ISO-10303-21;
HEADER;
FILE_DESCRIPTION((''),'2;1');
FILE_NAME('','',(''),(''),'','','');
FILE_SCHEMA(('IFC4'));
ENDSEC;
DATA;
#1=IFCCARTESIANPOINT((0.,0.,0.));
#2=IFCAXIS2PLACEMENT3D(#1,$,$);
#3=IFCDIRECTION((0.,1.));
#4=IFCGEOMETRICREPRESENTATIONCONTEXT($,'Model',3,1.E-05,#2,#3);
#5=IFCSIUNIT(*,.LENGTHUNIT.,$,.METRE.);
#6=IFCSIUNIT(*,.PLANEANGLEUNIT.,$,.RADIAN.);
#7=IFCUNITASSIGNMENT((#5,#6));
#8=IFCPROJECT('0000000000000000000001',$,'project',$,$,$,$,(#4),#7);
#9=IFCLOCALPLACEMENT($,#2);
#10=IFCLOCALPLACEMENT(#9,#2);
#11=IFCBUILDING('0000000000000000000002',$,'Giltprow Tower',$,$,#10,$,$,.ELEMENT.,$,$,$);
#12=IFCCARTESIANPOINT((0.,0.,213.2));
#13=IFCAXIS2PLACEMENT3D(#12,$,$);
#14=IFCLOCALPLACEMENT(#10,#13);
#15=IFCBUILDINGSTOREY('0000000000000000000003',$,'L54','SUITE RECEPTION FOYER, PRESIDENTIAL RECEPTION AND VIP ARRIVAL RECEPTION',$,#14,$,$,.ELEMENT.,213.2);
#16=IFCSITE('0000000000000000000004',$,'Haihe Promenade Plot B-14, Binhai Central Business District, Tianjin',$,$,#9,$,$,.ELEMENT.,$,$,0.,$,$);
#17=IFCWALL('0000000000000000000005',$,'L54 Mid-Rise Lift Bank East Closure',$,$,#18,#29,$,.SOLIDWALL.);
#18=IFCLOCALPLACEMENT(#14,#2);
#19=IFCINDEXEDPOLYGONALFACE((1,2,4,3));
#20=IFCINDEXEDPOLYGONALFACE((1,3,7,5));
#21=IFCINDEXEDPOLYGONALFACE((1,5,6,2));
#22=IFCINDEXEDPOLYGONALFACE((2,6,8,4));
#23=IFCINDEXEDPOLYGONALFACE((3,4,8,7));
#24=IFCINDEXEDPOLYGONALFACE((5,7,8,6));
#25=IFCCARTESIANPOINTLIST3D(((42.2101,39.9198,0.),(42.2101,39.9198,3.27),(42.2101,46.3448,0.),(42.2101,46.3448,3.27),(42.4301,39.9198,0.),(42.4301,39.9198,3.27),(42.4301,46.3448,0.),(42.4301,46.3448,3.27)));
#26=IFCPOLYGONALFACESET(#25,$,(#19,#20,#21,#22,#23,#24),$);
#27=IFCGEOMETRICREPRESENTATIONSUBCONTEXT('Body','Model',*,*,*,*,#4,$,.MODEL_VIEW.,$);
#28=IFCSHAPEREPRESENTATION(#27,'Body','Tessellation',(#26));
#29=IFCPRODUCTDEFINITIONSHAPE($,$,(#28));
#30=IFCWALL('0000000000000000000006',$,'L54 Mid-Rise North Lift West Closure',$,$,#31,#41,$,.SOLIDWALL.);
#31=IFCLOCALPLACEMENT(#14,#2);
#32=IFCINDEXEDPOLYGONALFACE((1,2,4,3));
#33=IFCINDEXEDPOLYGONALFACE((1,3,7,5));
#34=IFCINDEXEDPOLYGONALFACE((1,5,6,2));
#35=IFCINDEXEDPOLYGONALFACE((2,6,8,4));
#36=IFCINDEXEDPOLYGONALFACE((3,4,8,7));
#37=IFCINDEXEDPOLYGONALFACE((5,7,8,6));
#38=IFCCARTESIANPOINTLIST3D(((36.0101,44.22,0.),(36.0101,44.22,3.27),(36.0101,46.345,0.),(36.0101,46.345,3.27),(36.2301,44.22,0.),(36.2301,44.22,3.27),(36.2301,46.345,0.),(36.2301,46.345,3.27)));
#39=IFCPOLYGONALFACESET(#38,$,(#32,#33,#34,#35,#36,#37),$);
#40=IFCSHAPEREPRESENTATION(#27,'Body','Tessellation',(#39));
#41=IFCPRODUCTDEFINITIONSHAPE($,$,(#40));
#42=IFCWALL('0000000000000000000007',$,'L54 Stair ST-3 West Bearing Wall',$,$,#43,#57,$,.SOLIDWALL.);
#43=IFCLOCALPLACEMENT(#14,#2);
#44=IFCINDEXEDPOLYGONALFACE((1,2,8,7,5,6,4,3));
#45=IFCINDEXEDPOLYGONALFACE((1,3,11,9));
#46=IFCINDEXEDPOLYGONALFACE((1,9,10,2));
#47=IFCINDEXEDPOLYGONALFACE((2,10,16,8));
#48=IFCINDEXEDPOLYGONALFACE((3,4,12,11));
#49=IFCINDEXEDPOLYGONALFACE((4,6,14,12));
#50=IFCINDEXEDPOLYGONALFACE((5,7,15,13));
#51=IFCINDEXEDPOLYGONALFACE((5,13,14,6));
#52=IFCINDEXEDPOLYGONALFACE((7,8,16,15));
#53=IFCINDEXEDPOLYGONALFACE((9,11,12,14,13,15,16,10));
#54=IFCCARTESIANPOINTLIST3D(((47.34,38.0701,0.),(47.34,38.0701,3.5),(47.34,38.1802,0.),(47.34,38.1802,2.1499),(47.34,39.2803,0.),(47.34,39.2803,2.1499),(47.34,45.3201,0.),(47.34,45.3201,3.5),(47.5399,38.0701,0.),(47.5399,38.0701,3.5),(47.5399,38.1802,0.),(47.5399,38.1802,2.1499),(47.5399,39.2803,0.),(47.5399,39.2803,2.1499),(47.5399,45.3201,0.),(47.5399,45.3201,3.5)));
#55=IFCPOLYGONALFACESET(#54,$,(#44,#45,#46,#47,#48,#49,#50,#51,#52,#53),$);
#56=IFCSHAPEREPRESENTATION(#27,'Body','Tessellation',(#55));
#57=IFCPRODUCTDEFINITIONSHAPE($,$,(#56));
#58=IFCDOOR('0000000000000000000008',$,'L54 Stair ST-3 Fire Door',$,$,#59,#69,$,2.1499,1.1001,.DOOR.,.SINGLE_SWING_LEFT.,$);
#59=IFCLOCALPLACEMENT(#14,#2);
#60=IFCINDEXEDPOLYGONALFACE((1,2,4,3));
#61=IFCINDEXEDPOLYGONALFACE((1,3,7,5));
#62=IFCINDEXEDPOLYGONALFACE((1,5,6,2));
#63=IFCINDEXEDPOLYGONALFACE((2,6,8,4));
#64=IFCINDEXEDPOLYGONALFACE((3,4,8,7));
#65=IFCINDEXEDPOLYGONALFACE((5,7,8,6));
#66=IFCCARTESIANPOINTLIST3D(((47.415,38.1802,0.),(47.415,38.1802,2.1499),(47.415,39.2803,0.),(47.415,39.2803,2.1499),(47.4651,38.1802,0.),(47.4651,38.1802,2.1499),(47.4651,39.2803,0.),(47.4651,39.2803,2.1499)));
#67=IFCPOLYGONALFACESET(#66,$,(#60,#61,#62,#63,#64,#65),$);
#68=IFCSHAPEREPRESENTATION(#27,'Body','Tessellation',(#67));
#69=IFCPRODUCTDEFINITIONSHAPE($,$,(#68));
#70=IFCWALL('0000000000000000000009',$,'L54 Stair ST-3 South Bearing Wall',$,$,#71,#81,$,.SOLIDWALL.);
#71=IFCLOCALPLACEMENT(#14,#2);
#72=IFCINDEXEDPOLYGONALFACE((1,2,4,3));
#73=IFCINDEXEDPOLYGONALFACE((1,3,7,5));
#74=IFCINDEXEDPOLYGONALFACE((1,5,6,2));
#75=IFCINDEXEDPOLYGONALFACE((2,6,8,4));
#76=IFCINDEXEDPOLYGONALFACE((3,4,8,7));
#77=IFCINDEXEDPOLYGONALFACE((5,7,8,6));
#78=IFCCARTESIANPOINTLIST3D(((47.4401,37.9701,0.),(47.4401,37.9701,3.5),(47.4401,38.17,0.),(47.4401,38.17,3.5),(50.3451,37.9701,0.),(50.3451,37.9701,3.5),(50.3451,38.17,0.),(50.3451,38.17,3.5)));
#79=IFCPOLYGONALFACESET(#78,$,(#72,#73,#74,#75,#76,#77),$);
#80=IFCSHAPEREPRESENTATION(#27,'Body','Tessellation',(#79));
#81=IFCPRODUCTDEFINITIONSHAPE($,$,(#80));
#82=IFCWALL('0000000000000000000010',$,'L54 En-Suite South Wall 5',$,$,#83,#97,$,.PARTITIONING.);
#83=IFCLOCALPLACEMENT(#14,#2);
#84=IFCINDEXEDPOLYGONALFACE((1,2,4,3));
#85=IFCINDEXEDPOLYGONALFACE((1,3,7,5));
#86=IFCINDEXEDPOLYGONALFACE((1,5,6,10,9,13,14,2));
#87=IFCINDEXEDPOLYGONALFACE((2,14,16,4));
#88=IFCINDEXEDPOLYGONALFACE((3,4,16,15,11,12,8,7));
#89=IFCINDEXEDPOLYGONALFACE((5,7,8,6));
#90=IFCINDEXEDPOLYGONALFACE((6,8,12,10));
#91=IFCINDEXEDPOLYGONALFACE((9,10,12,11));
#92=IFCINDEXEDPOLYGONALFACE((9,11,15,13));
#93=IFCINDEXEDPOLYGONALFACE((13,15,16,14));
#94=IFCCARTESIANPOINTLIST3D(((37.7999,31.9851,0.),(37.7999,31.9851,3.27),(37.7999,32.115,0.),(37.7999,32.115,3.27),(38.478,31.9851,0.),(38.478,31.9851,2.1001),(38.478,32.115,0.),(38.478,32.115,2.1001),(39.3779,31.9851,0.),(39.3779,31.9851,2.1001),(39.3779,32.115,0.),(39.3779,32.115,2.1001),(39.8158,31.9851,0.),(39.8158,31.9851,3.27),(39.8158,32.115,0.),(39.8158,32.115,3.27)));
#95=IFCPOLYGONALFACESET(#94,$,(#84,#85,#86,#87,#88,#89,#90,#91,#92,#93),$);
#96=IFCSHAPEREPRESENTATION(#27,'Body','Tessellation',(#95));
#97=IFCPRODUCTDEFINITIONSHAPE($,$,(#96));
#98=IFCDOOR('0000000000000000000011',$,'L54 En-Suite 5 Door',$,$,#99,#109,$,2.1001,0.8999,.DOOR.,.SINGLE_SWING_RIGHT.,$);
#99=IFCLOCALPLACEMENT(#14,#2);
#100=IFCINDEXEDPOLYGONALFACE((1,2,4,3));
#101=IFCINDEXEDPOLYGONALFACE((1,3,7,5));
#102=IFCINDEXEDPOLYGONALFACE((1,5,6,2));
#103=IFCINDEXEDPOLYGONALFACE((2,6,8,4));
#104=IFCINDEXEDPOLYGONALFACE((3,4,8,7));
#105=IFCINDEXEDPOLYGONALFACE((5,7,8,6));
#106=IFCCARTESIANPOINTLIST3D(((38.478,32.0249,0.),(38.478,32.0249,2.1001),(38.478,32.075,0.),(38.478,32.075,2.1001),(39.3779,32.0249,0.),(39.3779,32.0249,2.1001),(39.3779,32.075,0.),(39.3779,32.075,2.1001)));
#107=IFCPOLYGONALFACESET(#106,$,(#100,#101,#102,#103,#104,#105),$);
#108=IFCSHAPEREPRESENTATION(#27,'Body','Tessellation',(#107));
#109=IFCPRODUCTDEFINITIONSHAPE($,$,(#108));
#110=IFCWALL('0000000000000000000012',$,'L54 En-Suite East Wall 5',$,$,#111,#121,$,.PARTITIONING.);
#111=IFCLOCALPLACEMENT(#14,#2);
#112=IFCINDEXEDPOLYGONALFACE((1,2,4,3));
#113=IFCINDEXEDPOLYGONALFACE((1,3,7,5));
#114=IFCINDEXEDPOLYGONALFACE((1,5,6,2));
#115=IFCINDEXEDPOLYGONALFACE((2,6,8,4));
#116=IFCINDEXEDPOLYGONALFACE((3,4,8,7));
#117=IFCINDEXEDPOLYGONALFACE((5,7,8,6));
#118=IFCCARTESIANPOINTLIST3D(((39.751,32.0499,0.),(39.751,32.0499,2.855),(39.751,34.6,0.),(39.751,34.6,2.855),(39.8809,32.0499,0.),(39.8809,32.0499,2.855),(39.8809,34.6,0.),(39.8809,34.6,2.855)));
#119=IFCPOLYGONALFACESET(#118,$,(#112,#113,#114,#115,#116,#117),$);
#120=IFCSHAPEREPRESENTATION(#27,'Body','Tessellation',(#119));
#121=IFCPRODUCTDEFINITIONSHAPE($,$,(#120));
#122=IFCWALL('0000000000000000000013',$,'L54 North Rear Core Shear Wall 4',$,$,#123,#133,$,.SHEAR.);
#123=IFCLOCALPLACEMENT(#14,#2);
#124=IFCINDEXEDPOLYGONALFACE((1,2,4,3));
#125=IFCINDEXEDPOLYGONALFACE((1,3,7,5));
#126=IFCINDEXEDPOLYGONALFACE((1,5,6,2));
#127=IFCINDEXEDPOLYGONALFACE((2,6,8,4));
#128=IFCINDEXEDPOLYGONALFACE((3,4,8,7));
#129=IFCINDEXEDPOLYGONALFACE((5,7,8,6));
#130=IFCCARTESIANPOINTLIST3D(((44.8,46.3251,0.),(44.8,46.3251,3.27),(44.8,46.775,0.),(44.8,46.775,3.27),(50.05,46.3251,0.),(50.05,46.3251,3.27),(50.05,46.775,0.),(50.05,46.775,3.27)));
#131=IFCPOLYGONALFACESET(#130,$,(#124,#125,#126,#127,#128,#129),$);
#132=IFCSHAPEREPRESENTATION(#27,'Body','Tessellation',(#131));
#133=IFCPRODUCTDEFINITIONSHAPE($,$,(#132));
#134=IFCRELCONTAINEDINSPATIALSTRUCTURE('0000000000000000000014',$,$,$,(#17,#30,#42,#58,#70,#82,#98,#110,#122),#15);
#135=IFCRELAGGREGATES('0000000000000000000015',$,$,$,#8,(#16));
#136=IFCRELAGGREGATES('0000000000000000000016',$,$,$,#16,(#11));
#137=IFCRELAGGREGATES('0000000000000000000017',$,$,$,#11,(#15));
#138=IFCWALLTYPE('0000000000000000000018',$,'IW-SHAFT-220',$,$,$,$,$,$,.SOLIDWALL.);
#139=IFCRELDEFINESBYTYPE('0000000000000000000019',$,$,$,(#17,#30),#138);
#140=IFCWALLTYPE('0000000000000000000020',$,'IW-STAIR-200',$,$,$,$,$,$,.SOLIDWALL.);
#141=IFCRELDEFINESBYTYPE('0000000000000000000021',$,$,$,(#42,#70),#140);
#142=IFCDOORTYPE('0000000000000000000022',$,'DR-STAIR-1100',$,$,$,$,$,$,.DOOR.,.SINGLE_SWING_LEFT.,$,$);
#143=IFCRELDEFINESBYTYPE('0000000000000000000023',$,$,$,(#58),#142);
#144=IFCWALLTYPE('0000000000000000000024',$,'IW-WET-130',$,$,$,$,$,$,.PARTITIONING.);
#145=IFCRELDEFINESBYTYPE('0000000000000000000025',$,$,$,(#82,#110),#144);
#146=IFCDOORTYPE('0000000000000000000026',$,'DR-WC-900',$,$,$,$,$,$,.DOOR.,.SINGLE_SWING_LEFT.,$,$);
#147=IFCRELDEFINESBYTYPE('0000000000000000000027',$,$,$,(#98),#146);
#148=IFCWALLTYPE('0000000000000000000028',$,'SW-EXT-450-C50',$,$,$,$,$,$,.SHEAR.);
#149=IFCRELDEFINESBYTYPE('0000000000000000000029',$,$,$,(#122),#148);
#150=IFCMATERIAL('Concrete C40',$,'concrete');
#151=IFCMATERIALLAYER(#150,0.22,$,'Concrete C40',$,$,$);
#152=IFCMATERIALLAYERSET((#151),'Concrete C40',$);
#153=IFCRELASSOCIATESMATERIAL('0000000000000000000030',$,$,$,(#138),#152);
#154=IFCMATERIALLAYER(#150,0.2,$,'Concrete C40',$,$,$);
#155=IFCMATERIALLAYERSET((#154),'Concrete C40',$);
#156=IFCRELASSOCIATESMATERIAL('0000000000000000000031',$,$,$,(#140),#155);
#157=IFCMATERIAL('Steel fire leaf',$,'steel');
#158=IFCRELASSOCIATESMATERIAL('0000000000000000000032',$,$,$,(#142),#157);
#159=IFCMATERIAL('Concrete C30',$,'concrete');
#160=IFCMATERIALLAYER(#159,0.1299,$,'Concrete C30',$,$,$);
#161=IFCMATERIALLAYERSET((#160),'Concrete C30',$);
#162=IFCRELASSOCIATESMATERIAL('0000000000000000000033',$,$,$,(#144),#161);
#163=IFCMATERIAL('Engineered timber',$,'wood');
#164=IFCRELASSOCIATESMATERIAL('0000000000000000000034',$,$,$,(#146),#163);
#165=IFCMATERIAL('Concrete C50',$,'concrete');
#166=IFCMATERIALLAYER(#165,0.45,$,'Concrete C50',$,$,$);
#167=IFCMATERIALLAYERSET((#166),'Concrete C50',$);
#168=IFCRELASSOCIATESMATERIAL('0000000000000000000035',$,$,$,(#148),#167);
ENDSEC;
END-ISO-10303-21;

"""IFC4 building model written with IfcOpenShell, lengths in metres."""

from ifc_helpers import new_model, si_unit, direction, frame, frame_2d, origin, place, context, subcontext, project, spatial, rectangle, extrude, source, transform, mapped, material, layer, layer_set, type_object, element, fill, save


model = new_model("IFC4")

# Units and contexts
model_context = context("Model", 3, precision=1e-05, world=origin(), true_north=direction((0.0, 1.0)))
body_context = subcontext(model_context, "Body", "Model", "MODEL_VIEW")
ifc_project = project(units=[si_unit("LENGTHUNIT", "METRE"), si_unit("PLANEANGLEUNIT", "RADIAN")], contexts=[model_context])

# Site, building, storey
site_placement = place(None, origin())
site = spatial("IfcSite", under=ifc_project, at=site_placement, Name="Haihe Promenade Plot B-14, Binhai Central Business District, Tianjin", CompositionType="ELEMENT", RefElevation=0.0)
building_placement = place(site_placement, origin())
building = spatial("IfcBuilding", under=site, at=building_placement, Name="Giltprow Tower", CompositionType="ELEMENT")
storey_placement = place(building_placement, frame((0.0, 0.0, 213.2)))
storey = spatial("IfcBuildingStorey", under=building, at=storey_placement, Name="L54", Description="SUITE RECEPTION FOYER, PRESIDENTIAL RECEPTION AND VIP ARRIVAL RECEPTION", CompositionType="ELEMENT", Elevation=213.2)

# Shared definitions
ifc_material_1 = material(Name="Concrete C50", Category="concrete")

# Shared definitions
ifc_material_2 = material(Name="Concrete C40", Category="concrete")
ifc_layer_1 = layer(ifc_material_2, 0.22, Name="Concrete C40")
ifc_layer_set_1 = layer_set([ifc_layer_1], Name="Concrete C40")
wall_type_1 = type_object("IfcWallType", Name="IW-SHAFT-220", PredefinedType="SOLIDWALL", material=ifc_layer_set_1)

# Walls
wall_1_placement = place(storey_placement, frame((42.3201, 39.9199, 0.0), z_axis=(0.0, 0.0, 1.0), x_axis=(0.0, 1.0, 0.0)))
element("IfcWall", 1, at=wall_1_placement, inside=storey, type_object=wall_type_1, Name="L54 Mid-Rise Lift Bank East Closure", PredefinedType="SOLIDWALL", context=body_context, shape_type="SweptSolid", body=[
    extrude(rectangle(XDim=6.425, YDim=0.22, at=frame_2d((3.2124, 0.0))), origin(), (0.0, 0.0, 1.0), 3.27),
])
wall_2_placement = place(storey_placement, frame((36.1201, 44.22, 0.0), z_axis=(0.0, 0.0, 1.0), x_axis=(0.0, 1.0, 0.0)))
element("IfcWall", 2, at=wall_2_placement, inside=storey, type_object=wall_type_1, Name="L54 Mid-Rise North Lift West Closure", PredefinedType="SOLIDWALL", context=body_context, shape_type="SweptSolid", body=[
    extrude(rectangle(XDim=2.125, YDim=0.22, at=frame_2d((1.0625, 0.0))), origin(), (0.0, 0.0, 1.0), 3.27),
])

# Wall, opening, door
ifc_layer_2 = layer(ifc_material_2, 0.2, Name="Concrete C40")
ifc_layer_set_2 = layer_set([ifc_layer_2], Name="Concrete C40")
wall_type_2 = type_object("IfcWallType", Name="IW-STAIR-200", PredefinedType="SOLIDWALL", material=ifc_layer_set_2)
wall_3_placement = place(storey_placement, frame((47.4399, 38.0701, 0.0), z_axis=(0.0, 0.0, 1.0), x_axis=(0.0, 1.0, 0.0)))
wall_3 = element("IfcWall", 3, at=wall_3_placement, inside=storey, type_object=wall_type_2, Name="L54 Stair ST-3 West Bearing Wall", PredefinedType="SOLIDWALL", context=body_context, shape_type="SweptSolid", body=[
    extrude(rectangle(XDim=7.25, YDim=0.2, at=frame_2d((3.625, 0.0))), origin(), (0.0, 0.0, 1.0), 3.5),
])
opening_1_placement = place(wall_3_placement, frame((0.1101, 0.0, 0.0)))
opening_1 = element("IfcOpeningElement", 4, at=opening_1_placement, cuts=wall_3, PredefinedType="OPENING", context=body_context, shape_type="SweptSolid", body=[
    extrude(rectangle(XDim=1.1001, YDim=2.1499, at=frame_2d((0.55, 1.075))), frame((0.0, 0.1099, 0.0), z_axis=(0.0, -1.0, 0.0), x_axis=(1.0, 0.0, 0.0)), (0.0, 0.0, 1.0), 0.22),
])
ifc_material_3 = material(Name="Steel fire leaf", Category="steel")
door_type_1 = type_object("IfcDoorType", Name="DR-STAIR-1100", OperationType="SINGLE_SWING_LEFT", PredefinedType="DOOR", material=ifc_material_3)
shared_shape_1 = source(origin(), body_context, "Body", "SweptSolid", [
    extrude(rectangle(XDim=1.1001, YDim=2.1499, at=frame_2d((0.55, 1.075))), frame((0.0, 0.0249, 0.0), z_axis=(0.0, -1.0, 0.0), x_axis=(1.0, 0.0, 0.0)), (0.0, 0.0, 1.0), 0.05),
])
door_1_placement = place(opening_1_placement, origin())
door_1 = element("IfcDoor", 5, at=door_1_placement, inside=storey, type_object=door_type_1, Name="L54 Stair ST-3 Fire Door", OperationType="SINGLE_SWING_LEFT", OverallHeight=2.1499, OverallWidth=1.1001, PredefinedType="DOOR", context=body_context, shape_type="MappedRepresentation", body=[
    mapped(shared_shape_1, transform((0.0, 0.0, 0.0), x_axis=(1.0, 0.0, 0.0), y_axis=(0.0, 1.0, 0.0), z_axis=(0.0, 0.0, 1.0), scale=1.0)),
])
fill(opening_1, door_1)

# Wall
wall_4_placement = place(storey_placement, frame((47.4399, 38.0701, 0.0), z_axis=(0.0, 0.0, 1.0), x_axis=(1.0, 0.0, 0.0)))
element("IfcWall", 6, at=wall_4_placement, inside=storey, type_object=wall_type_2, Name="L54 Stair ST-3 South Bearing Wall", PredefinedType="SOLIDWALL", context=body_context, shape_type="SweptSolid", body=[
    extrude(rectangle(XDim=2.905, YDim=0.2, at=frame_2d((1.4526, 0.0))), origin(), (0.0, 0.0, 1.0), 3.5),
])

# Wall, opening, door
ifc_material_4 = material(Name="Concrete C30", Category="concrete")
ifc_layer_3 = layer(ifc_material_4, 0.1299, Name="Concrete C30")
ifc_layer_set_3 = layer_set([ifc_layer_3], Name="Concrete C30")
wall_type_3 = type_object("IfcWallType", Name="IW-WET-130", PredefinedType="PARTITIONING", material=ifc_layer_set_3)
wall_5_placement = place(storey_placement, frame((37.8, 32.05, 0.0), z_axis=(0.0, 0.0, 1.0), x_axis=(1.0, 0.0, 0.0)))
wall_5 = element("IfcWall", 7, at=wall_5_placement, inside=storey, type_object=wall_type_3, Name="L54 En-Suite South Wall 5", PredefinedType="PARTITIONING", context=body_context, shape_type="SweptSolid", body=[
    extrude(rectangle(XDim=2.0159, YDim=0.1299, at=frame_2d((1.0078, 0.0))), origin(), (0.0, 0.0, 1.0), 3.27),
])
opening_2_placement = place(wall_5_placement, frame((0.678, 0.0, 0.0)))
opening_2 = element("IfcOpeningElement", 8, at=opening_2_placement, cuts=wall_5, PredefinedType="OPENING", context=body_context, shape_type="SweptSolid", body=[
    extrude(rectangle(XDim=0.8999, YDim=2.1001, at=frame_2d((0.45, 1.05))), frame((0.0, 0.075, 0.0), z_axis=(0.0, -1.0, 0.0), x_axis=(1.0, 0.0, 0.0)), (0.0, 0.0, 1.0), 0.1499),
])
ifc_material_5 = material(Name="Engineered timber", Category="wood")
door_type_2 = type_object("IfcDoorType", Name="DR-WC-900", OperationType="SINGLE_SWING_LEFT", PredefinedType="DOOR", material=ifc_material_5)
shared_shape_2 = source(origin(), body_context, "Body", "SweptSolid", [
    extrude(rectangle(XDim=0.8999, YDim=2.1001, at=frame_2d((0.45, 1.05))), frame((0.0, 0.0249, 0.0), z_axis=(0.0, -1.0, 0.0), x_axis=(1.0, 0.0, 0.0)), (0.0, 0.0, 1.0), 0.05),
])
door_2_placement = place(opening_2_placement, origin())
door_2 = element("IfcDoor", 9, at=door_2_placement, inside=storey, type_object=door_type_2, Name="L54 En-Suite 5 Door", OperationType="SINGLE_SWING_RIGHT", OverallHeight=2.1001, OverallWidth=0.8999, PredefinedType="DOOR", context=body_context, shape_type="MappedRepresentation", body=[
    mapped(shared_shape_2, transform((0.0, 0.0, 0.0), x_axis=(1.0, 0.0, 0.0), y_axis=(0.0, 1.0, 0.0), z_axis=(0.0, 0.0, 1.0), scale=1.0)),
])
fill(opening_2, door_2)

# Walls
wall_6_placement = place(storey_placement, frame((39.8159, 32.05, 0.0), z_axis=(0.0, 0.0, 1.0), x_axis=(0.0, 1.0, 0.0)))
element("IfcWall", 10, at=wall_6_placement, inside=storey, type_object=wall_type_3, Name="L54 En-Suite East Wall 5", PredefinedType="PARTITIONING", context=body_context, shape_type="SweptSolid", body=[
    extrude(rectangle(XDim=2.55, YDim=0.1299, at=frame_2d((1.2749, 0.0))), origin(), (0.0, 0.0, 1.0), 2.855),
])
ifc_layer_4 = layer(ifc_material_1, 0.45, Name="Concrete C50")
ifc_layer_set_4 = layer_set([ifc_layer_4], Name="Concrete C50")
wall_type_4 = type_object("IfcWallType", Name="SW-EXT-450-C50", PredefinedType="SHEAR", material=ifc_layer_set_4)
wall_7_placement = place(storey_placement, frame((44.8, 46.55, 0.0), z_axis=(0.0, 0.0, 1.0), x_axis=(1.0, 0.0, 0.0)))
element("IfcWall", 11, at=wall_7_placement, inside=storey, type_object=wall_type_4, Name="L54 North Rear Core Shear Wall 4", PredefinedType="SHEAR", context=body_context, shape_type="SweptSolid", body=[
    extrude(rectangle(XDim=5.25, YDim=0.45, at=frame_2d((2.625, 0.0))), origin(), (0.0, 0.0, 1.0), 3.27),
])

save(model, "model.ifc")
